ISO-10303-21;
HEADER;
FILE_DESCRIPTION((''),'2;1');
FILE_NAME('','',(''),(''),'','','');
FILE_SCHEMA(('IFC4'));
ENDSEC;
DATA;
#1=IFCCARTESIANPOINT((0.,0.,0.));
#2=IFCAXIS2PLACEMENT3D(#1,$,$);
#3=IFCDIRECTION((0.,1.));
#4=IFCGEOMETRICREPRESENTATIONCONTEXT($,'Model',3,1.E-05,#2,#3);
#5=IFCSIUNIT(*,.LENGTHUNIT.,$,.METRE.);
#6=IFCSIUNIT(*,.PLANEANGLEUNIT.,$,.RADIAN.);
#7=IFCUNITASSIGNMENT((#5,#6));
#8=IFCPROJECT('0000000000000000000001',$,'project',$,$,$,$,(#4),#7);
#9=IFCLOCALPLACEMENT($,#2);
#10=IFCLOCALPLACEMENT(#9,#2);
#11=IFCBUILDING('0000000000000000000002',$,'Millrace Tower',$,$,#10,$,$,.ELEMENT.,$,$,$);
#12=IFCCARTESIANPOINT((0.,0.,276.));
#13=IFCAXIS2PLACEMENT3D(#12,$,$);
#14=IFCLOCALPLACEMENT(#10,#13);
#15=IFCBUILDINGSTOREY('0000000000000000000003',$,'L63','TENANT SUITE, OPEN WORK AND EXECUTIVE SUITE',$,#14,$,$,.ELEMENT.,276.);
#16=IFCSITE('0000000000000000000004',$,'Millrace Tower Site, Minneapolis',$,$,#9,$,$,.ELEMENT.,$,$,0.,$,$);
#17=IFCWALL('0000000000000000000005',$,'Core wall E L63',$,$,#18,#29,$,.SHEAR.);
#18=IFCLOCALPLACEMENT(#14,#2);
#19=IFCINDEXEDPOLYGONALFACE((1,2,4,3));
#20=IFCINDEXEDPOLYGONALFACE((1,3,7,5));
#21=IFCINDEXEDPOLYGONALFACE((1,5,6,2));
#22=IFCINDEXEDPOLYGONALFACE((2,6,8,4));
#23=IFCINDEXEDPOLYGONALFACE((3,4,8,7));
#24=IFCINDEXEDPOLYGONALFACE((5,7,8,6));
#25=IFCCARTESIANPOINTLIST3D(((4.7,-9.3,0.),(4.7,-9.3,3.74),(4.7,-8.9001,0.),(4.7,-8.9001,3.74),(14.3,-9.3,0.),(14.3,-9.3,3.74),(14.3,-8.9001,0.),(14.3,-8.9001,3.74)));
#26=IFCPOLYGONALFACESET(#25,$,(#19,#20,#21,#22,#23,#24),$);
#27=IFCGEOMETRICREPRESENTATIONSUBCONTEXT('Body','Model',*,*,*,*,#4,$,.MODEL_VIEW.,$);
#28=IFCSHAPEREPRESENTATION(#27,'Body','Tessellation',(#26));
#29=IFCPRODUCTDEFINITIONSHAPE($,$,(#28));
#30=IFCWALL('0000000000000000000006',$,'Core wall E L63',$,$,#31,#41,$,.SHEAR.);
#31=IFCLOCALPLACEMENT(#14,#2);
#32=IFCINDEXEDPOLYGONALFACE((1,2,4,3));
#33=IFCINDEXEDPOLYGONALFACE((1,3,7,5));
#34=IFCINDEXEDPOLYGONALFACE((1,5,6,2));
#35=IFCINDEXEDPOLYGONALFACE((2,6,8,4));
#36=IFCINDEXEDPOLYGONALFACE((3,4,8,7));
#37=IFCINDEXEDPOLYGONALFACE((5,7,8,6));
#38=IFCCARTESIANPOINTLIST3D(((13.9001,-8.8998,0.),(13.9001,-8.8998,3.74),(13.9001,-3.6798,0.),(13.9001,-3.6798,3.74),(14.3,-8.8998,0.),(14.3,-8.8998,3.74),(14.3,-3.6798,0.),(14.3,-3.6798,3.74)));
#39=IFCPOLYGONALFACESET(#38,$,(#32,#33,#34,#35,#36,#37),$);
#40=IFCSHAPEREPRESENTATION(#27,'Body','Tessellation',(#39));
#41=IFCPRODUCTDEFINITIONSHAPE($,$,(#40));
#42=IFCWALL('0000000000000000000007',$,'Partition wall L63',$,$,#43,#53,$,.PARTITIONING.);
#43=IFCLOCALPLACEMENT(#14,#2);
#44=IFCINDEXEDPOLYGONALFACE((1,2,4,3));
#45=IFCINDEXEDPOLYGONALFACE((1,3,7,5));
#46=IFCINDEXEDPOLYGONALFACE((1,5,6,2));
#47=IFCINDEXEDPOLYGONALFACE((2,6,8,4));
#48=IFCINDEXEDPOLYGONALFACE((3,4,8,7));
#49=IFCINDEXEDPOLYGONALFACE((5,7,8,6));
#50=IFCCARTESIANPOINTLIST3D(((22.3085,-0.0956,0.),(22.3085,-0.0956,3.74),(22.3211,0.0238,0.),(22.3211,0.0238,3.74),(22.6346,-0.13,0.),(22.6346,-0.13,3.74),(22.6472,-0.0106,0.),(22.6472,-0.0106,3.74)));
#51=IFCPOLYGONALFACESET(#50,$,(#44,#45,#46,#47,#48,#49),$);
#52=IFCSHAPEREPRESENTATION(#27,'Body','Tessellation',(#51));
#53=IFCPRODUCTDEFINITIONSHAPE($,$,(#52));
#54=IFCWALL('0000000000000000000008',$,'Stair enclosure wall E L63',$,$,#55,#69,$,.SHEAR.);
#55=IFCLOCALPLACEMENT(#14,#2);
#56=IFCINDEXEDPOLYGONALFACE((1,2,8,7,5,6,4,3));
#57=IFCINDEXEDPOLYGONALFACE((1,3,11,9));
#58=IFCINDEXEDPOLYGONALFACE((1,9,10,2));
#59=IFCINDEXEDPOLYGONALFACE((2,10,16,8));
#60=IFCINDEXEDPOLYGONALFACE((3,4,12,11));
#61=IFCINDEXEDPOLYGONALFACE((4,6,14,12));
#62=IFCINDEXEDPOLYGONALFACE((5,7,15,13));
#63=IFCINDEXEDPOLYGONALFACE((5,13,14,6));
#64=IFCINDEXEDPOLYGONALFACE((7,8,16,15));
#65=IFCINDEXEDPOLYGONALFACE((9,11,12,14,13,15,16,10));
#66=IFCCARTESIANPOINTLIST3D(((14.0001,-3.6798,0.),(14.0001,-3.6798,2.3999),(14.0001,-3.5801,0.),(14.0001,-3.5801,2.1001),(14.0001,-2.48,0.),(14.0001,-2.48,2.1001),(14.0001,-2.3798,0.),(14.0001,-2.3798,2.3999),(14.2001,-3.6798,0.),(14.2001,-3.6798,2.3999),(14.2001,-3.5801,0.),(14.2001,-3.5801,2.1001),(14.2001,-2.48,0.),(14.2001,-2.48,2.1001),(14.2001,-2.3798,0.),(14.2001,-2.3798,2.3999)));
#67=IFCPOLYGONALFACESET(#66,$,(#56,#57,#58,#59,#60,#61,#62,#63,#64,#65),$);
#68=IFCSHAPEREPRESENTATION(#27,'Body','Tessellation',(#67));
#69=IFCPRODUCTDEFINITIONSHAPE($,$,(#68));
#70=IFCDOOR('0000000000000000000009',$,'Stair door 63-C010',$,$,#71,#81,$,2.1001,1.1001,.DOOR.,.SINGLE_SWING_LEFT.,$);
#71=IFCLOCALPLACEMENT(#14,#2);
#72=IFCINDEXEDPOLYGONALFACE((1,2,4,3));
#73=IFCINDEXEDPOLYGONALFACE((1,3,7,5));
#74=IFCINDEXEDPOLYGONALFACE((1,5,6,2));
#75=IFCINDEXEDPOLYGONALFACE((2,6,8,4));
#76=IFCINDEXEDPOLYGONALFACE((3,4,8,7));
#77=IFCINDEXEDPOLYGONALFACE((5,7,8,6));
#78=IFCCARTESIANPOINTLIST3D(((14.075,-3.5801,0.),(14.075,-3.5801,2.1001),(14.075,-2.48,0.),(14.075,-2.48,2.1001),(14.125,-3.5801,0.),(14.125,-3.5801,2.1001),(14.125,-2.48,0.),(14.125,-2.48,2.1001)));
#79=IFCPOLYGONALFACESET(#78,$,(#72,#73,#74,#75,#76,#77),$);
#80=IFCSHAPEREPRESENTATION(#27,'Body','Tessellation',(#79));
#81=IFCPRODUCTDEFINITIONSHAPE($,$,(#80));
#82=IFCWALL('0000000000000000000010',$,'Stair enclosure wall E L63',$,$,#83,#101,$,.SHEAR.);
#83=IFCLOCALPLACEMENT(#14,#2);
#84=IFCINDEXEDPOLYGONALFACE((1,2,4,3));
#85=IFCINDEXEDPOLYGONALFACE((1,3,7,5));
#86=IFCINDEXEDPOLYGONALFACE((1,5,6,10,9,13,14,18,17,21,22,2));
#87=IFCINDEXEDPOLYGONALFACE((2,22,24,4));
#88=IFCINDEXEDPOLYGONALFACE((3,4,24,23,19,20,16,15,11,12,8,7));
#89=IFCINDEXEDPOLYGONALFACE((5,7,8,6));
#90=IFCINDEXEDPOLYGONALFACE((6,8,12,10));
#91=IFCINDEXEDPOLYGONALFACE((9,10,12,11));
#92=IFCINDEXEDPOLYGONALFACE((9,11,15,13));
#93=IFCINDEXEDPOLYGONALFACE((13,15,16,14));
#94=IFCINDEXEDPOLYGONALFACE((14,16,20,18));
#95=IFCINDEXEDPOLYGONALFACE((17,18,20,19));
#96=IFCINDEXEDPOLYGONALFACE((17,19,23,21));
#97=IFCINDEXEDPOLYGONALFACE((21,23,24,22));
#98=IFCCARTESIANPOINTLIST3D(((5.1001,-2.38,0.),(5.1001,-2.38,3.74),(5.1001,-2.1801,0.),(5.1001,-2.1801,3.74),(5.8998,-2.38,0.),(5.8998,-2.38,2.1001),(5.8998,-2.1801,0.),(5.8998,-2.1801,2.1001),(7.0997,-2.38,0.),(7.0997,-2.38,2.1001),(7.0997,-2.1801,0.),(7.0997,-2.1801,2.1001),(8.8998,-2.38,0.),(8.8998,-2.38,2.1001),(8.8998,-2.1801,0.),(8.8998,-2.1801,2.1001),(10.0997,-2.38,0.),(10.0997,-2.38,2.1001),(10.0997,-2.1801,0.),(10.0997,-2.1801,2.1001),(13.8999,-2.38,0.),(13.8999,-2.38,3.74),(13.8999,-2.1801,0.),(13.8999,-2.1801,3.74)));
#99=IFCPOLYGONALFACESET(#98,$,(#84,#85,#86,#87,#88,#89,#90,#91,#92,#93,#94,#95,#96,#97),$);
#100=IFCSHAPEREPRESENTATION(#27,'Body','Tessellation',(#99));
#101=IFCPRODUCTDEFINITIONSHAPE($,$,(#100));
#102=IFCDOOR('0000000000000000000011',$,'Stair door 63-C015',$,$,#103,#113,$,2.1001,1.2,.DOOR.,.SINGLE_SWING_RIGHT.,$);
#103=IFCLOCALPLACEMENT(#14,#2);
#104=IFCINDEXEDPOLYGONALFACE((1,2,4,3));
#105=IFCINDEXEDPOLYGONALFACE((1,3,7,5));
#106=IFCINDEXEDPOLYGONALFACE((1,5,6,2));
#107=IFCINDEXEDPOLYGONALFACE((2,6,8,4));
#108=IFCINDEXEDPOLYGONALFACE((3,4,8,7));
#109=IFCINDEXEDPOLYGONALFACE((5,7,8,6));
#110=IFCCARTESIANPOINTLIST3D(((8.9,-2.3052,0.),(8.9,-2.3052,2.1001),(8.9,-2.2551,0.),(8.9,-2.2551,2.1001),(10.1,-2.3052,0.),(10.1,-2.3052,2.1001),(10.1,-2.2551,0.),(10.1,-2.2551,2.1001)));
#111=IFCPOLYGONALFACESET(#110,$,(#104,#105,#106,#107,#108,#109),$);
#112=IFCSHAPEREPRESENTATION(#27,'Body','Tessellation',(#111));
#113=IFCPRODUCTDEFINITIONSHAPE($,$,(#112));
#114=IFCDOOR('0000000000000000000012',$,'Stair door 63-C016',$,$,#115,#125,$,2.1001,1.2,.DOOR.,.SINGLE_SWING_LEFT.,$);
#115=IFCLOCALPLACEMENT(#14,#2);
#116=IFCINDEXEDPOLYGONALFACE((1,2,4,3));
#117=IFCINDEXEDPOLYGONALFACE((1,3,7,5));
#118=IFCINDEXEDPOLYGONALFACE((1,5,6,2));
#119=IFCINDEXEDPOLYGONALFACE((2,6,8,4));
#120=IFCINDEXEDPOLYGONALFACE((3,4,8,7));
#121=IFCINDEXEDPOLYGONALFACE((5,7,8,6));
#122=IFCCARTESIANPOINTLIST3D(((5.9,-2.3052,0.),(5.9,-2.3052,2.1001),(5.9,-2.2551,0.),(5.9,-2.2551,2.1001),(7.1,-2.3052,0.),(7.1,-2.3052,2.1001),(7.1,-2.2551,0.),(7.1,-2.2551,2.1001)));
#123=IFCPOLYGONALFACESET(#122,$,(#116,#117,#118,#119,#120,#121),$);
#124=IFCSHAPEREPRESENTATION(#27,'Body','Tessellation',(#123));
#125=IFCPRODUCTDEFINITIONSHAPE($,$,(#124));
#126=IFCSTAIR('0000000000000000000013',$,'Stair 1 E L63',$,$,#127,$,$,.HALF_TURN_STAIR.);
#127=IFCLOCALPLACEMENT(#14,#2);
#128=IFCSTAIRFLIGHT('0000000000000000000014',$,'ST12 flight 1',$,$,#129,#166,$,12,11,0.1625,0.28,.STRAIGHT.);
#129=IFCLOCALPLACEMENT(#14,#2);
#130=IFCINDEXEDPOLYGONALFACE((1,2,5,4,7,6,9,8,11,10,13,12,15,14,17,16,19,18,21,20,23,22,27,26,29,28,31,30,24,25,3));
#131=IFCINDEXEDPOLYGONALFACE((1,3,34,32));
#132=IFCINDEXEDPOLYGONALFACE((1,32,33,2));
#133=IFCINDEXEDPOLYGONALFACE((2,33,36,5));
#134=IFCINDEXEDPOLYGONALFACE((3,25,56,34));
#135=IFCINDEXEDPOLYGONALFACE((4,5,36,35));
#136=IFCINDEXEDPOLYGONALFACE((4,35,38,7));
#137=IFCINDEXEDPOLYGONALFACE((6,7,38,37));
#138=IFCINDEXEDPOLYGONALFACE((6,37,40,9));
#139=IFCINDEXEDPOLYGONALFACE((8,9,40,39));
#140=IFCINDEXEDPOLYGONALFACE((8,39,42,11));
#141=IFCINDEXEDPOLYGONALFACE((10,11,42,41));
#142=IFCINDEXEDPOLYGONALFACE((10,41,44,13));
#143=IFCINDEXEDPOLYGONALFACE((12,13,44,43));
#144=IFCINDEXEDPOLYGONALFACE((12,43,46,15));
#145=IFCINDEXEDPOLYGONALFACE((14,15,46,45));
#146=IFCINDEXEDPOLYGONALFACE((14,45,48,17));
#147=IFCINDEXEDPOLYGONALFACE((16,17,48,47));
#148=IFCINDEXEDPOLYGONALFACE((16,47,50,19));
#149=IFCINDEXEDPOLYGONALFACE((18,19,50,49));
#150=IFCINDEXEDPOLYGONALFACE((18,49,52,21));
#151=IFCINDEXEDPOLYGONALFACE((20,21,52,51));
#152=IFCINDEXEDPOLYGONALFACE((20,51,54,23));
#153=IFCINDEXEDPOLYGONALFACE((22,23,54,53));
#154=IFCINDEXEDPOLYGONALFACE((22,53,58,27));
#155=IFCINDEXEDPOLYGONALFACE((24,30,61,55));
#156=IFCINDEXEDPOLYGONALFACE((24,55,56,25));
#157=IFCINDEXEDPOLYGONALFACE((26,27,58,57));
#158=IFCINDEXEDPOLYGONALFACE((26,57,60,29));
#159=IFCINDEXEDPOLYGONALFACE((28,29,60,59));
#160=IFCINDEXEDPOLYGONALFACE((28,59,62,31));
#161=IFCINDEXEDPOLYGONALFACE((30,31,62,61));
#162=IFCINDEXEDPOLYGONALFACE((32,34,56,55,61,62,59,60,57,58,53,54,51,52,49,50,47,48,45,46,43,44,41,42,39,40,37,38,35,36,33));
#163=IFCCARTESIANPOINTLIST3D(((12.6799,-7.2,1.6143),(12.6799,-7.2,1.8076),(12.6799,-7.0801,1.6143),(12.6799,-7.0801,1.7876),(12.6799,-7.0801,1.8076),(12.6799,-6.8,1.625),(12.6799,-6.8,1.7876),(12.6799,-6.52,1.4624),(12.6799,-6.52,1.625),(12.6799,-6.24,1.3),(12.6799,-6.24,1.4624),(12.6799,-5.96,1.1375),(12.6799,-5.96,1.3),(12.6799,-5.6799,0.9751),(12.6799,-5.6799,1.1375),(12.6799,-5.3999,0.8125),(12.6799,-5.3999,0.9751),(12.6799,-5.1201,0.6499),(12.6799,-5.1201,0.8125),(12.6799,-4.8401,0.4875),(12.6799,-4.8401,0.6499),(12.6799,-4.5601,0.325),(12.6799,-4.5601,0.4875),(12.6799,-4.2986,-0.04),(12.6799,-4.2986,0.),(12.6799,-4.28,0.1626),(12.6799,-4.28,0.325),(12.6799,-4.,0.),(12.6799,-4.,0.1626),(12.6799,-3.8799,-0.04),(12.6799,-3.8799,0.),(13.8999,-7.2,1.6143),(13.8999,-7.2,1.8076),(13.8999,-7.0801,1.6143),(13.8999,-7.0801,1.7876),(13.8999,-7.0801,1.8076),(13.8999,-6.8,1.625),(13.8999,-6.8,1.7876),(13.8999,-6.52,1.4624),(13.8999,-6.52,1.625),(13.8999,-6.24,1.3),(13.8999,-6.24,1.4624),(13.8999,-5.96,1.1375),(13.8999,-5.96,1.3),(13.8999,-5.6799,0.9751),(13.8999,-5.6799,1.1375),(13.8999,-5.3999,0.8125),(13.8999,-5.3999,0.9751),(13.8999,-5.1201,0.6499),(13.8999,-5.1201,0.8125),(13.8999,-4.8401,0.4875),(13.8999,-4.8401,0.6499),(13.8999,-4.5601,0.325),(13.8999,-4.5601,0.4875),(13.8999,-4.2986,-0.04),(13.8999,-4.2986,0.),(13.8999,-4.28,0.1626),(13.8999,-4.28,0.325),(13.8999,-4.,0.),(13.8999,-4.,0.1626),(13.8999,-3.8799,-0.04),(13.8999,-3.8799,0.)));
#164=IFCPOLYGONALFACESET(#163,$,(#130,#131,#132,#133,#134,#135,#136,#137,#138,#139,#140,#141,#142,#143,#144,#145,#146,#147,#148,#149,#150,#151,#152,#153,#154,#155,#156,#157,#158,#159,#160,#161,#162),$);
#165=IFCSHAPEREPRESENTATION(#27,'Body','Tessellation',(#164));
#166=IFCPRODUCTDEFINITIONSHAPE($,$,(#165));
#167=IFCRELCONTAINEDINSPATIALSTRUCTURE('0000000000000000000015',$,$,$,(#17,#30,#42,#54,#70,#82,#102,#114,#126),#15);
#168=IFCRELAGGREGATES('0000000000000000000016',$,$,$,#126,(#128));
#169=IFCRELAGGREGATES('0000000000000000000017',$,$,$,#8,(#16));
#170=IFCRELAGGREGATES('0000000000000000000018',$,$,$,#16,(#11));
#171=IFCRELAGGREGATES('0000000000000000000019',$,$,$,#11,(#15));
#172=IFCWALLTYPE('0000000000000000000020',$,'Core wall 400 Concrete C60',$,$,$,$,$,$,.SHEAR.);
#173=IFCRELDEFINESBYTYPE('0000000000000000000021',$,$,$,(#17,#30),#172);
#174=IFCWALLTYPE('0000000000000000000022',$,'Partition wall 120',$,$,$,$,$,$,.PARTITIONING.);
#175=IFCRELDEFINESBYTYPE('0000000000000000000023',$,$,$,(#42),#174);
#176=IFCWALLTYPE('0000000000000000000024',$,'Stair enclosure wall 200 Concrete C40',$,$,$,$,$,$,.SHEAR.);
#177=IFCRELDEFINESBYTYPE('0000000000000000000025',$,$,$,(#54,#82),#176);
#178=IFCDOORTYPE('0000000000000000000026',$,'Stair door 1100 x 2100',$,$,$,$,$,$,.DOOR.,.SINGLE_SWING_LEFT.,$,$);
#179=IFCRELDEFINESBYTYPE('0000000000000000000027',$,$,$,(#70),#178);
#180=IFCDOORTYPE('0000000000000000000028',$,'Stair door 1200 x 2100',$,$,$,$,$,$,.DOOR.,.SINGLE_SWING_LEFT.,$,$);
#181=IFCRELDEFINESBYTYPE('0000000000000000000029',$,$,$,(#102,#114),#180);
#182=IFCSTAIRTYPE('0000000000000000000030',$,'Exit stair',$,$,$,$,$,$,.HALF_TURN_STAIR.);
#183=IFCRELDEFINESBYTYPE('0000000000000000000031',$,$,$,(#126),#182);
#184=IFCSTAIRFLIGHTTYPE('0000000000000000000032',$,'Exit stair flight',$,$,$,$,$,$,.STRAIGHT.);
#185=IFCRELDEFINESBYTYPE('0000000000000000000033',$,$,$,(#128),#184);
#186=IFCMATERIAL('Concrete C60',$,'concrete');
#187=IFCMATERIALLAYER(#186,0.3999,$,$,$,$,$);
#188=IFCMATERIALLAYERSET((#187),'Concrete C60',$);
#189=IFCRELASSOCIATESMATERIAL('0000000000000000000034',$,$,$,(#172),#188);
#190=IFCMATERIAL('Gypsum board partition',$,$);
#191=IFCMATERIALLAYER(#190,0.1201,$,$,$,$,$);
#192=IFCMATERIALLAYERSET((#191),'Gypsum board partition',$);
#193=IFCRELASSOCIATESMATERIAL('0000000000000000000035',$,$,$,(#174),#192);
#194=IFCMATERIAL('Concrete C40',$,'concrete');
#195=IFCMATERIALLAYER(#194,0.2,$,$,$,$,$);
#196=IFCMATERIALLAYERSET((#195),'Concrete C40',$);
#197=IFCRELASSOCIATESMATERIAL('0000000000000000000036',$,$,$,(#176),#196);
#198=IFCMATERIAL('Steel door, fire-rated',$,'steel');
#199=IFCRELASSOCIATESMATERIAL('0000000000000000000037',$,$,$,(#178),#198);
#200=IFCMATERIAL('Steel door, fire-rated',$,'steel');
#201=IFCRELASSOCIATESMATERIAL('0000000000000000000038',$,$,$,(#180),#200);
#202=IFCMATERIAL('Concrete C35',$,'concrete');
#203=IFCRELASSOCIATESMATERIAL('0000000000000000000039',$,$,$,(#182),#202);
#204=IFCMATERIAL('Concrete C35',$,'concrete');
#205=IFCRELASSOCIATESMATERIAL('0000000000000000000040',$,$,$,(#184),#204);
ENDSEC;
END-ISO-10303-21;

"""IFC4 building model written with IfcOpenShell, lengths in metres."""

from ifc_helpers import new_model, si_unit, direction, frame, frame_2d, origin, place, context, subcontext, project, spatial, polyline, rectangle, outline, extrude, material, layer, layer_set, type_object, element, fill, aggregate, save


model = new_model("IFC4")

# Units and contexts
model_context = context("Model", 3, precision=1e-05, world=origin(), true_north=direction((0.0, 1.0)))
body_context = subcontext(model_context, "Body", "Model", "MODEL_VIEW")
ifc_project = project(units=[si_unit("LENGTHUNIT", "METRE"), si_unit("PLANEANGLEUNIT", "RADIAN")], contexts=[model_context])

# Site, building, storey
site_placement = place(None, origin())
site = spatial("IfcSite", under=ifc_project, at=site_placement, Name="Millrace Tower Site, Minneapolis", CompositionType="ELEMENT", RefElevation=0.0)
building_placement = place(site_placement, origin())
building = spatial("IfcBuilding", under=site, at=building_placement, Name="Millrace Tower", CompositionType="ELEMENT")
storey_placement = place(building_placement, frame((0.0, 0.0, 276.0)))
storey = spatial("IfcBuildingStorey", under=building, at=storey_placement, Name="L63", Description="TENANT SUITE, OPEN WORK AND EXECUTIVE SUITE", CompositionType="ELEMENT", Elevation=276.0)

# Shared definitions
placement = place(storey_placement, origin())

# Walls
ifc_material_1 = material(Name="Concrete C60", Category="concrete")
ifc_layer_1 = layer(ifc_material_1, 0.3999)
ifc_layer_set_1 = layer_set([ifc_layer_1], Name="Concrete C60")
wall_type_1 = type_object("IfcWallType", Name="Core wall 400 Concrete C60", PredefinedType="SHEAR", material=ifc_layer_set_1)
wall_1_placement = place(storey_placement, frame((14.3, -9.1001, 0.0), z_axis=(0.0, 0.0, 1.0), x_axis=(-1.0, 0.0, 0.0)))
element("IfcWall", 1, at=wall_1_placement, inside=storey, type_object=wall_type_1, Name="Core wall E L63", PredefinedType="SHEAR", context=body_context, shape_type="SweptSolid", body=[
    extrude(rectangle(XDim=9.6001, YDim=0.3999, at=frame_2d((4.8, 0.0))), origin(), (0.0, 0.0, 1.0), 3.74),
])
wall_2_placement = place(storey_placement, frame((14.1001, -3.6799, 0.0), z_axis=(0.0, 0.0, 1.0), x_axis=(0.0, -1.0, 0.0)))
element("IfcWall", 2, at=wall_2_placement, inside=storey, type_object=wall_type_1, Name="Core wall E L63", PredefinedType="SHEAR", context=body_context, shape_type="SweptSolid", body=[
    extrude(rectangle(XDim=5.22, YDim=0.3999, at=frame_2d((2.6099, 0.0))), origin(), (0.0, 0.0, 1.0), 3.74),
])
ifc_material_2 = material(Name="Gypsum board partition")
ifc_layer_2 = layer(ifc_material_2, 0.1201)
ifc_layer_set_2 = layer_set([ifc_layer_2], Name="Gypsum board partition")
wall_type_2 = type_object("IfcWallType", Name="Partition wall 120", PredefinedType="PARTITIONING", material=ifc_layer_set_2)
wall_3_placement = place(storey_placement, frame((22.3147, -0.0359, 0.0), z_axis=(0.0, 0.0, 1.0), x_axis=(0.994477, -0.104956, 0.0)))
element("IfcWall", 3, at=wall_3_placement, inside=storey, type_object=wall_type_2, Name="Partition wall L63", PredefinedType="PARTITIONING", context=body_context, shape_type="SweptSolid", body=[
    extrude(rectangle(XDim=0.3279, YDim=0.1201, at=frame_2d((0.1641, 0.0))), origin(), (0.0, 0.0, 1.0), 3.74),
])

# Wall, opening, door
ifc_material_3 = material(Name="Concrete C40", Category="concrete")
ifc_layer_3 = layer(ifc_material_3, 0.2)
ifc_layer_set_3 = layer_set([ifc_layer_3], Name="Concrete C40")
wall_type_3 = type_object("IfcWallType", Name="Stair enclosure wall 200 Concrete C40", PredefinedType="SHEAR", material=ifc_layer_set_3)
wall_4_placement = place(storey_placement, frame((14.1001, -2.3799, 0.0), z_axis=(0.0, 0.0, 1.0), x_axis=(0.0, -1.0, 0.0)))
wall_4 = element("IfcWall", 4, at=wall_4_placement, inside=storey, type_object=wall_type_3, Name="Stair enclosure wall E L63", PredefinedType="SHEAR", context=body_context, shape_type="SweptSolid", body=[
    extrude(rectangle(XDim=1.3, YDim=0.2, at=frame_2d((0.6499, 0.0))), origin(), (0.0, 0.0, 1.0), 2.3999),
])
opening_1_placement = place(wall_4_placement, frame((0.1001, 0.0, 0.0)))
opening_1 = element("IfcOpeningElement", 5, at=opening_1_placement, cuts=wall_4, PredefinedType="OPENING", context=body_context, shape_type="SweptSolid", body=[
    extrude(rectangle(XDim=1.1001, YDim=2.1001, at=frame_2d((0.55, 1.05))), frame((0.0, 0.1099, 0.0), z_axis=(0.0, -1.0, 0.0), x_axis=(1.0, 0.0, 0.0)), (0.0, 0.0, 1.0), 0.22),
])
ifc_material_4 = material(Name="Steel door, fire-rated", Category="steel")
door_type_1 = type_object("IfcDoorType", Name="Stair door 1100 x 2100", OperationType="SINGLE_SWING_LEFT", PredefinedType="DOOR", material=ifc_material_4)
door_1_placement = place(opening_1_placement, origin())
door_1 = element("IfcDoor", 6, at=door_1_placement, inside=storey, type_object=door_type_1, Name="Stair door 63-C010", OperationType="SINGLE_SWING_LEFT", OverallHeight=2.1001, OverallWidth=1.1001, PredefinedType="DOOR", context=body_context, shape_type="SweptSolid", body=[
    extrude(rectangle(XDim=1.1001, YDim=2.1001, at=frame_2d((0.55, 1.05))), frame((0.0, 0.0249, 0.0), z_axis=(0.0, -1.0, 0.0), x_axis=(1.0, 0.0, 0.0)), (0.0, 0.0, 1.0), 0.05),
])
fill(opening_1, door_1)

# Wall, openings, doors
wall_5_placement = place(storey_placement, frame((13.8999, -2.28, 0.0), z_axis=(0.0, 0.0, 1.0), x_axis=(-1.0, 0.0, 0.0)))
wall_5 = element("IfcWall", 7, at=wall_5_placement, inside=storey, type_object=wall_type_3, Name="Stair enclosure wall E L63", PredefinedType="SHEAR", context=body_context, shape_type="SweptSolid", body=[
    extrude(rectangle(XDim=8.7998, YDim=0.2, at=frame_2d((4.3999, 0.0))), origin(), (0.0, 0.0, 1.0), 3.74),
])
opening_2_placement = place(wall_5_placement, frame((3.8, 0.0, 0.0)))
opening_2 = element("IfcOpeningElement", 8, at=opening_2_placement, cuts=wall_5, PredefinedType="OPENING", context=body_context, shape_type="SweptSolid", body=[
    extrude(rectangle(XDim=1.2, YDim=2.1001, at=frame_2d((0.6001, 1.05))), frame((0.0, 0.1099, 0.0), z_axis=(0.0, -1.0, 0.0), x_axis=(1.0, 0.0, 0.0)), (0.0, 0.0, 1.0), 0.22),
])
opening_3_placement = place(wall_5_placement, frame((6.8, 0.0, 0.0)))
opening_3 = element("IfcOpeningElement", 9, at=opening_3_placement, cuts=wall_5, PredefinedType="OPENING", context=body_context, shape_type="SweptSolid", body=[
    extrude(rectangle(XDim=1.2, YDim=2.1001, at=frame_2d((0.6001, 1.05))), frame((0.0, 0.1099, 0.0), z_axis=(0.0, -1.0, 0.0), x_axis=(1.0, 0.0, 0.0)), (0.0, 0.0, 1.0), 0.22),
])
ifc_material_5 = material(Name="Steel door, fire-rated", Category="steel")
door_type_2 = type_object("IfcDoorType", Name="Stair door 1200 x 2100", OperationType="SINGLE_SWING_LEFT", PredefinedType="DOOR", material=ifc_material_5)
door_2_placement = place(opening_2_placement, frame((1.2, 0.0, 0.0), z_axis=(0.0, 0.0, 1.0), x_axis=(-1.0, 0.0, 0.0)))
door_2 = element("IfcDoor", 10, at=door_2_placement, inside=storey, type_object=door_type_2, Name="Stair door 63-C015", OperationType="SINGLE_SWING_RIGHT", OverallHeight=2.1001, OverallWidth=1.2, PredefinedType="DOOR", context=body_context, shape_type="SweptSolid", body=[
    extrude(rectangle(XDim=1.2, YDim=2.1001, at=frame_2d((0.6001, 1.05))), frame((0.0, 0.0249, 0.0), z_axis=(0.0, -1.0, 0.0), x_axis=(1.0, 0.0, 0.0)), (0.0, 0.0, 1.0), 0.05),
])
fill(opening_2, door_2)
door_3_placement = place(opening_3_placement, frame((1.2, 0.0, 0.0), z_axis=(0.0, 0.0, 1.0), x_axis=(-1.0, 0.0, 0.0)))
door_3 = element("IfcDoor", 11, at=door_3_placement, inside=storey, type_object=door_type_2, Name="Stair door 63-C016", OperationType="SINGLE_SWING_LEFT", OverallHeight=2.1001, OverallWidth=1.2, PredefinedType="DOOR", context=body_context, shape_type="SweptSolid", body=[
    extrude(rectangle(XDim=1.2, YDim=2.1001, at=frame_2d((0.6001, 1.05))), frame((0.0, 0.0249, 0.0), z_axis=(0.0, -1.0, 0.0), x_axis=(1.0, 0.0, 0.0)), (0.0, 0.0, 1.0), 0.05),
])
fill(opening_3, door_3)

# Stair, stair flight
ifc_material_6 = material(Name="Concrete C35", Category="concrete")
stair_type = type_object("IfcStairType", Name="Exit stair", PredefinedType="HALF_TURN_STAIR", material=ifc_material_6)
stair = element("IfcStair", 12, at=placement, inside=storey, type_object=stair_type, Name="Stair 1 E L63", PredefinedType="HALF_TURN_STAIR")
ifc_material_7 = material(Name="Concrete C35", Category="concrete")
stair_flight_type = type_object("IfcStairFlightType", Name="Exit stair flight", PredefinedType="STRAIGHT", material=ifc_material_7)
stair_flight_placement = place(storey_placement, frame((13.29, -4.0, 0.0), z_axis=(0.0, 0.0, 1.0), x_axis=(0.0, -1.0, 0.0)))
stair_flight = element("IfcStairFlight", 13, at=stair_flight_placement, type_object=stair_flight_type, Name="ST12 flight 1", NumberOfRisers=12, NumberOfTreads=11, PredefinedType="STRAIGHT", RiserHeight=0.1625, TreadLength=0.28, context=body_context, shape_type="SweptSolid", body=[
    extrude(outline(polyline([(-0.1201, -0.04), (-0.1201, 0.0), (0.0, 0.0), (0.0, 0.1626), (0.28, 0.1626), (0.28, 0.325), (0.5601, 0.325), (0.5601, 0.4875), (0.8401, 0.4875), (0.8401, 0.6499), (1.1201, 0.6499), (1.1201, 0.8125), (1.3999, 0.8125), (1.3999, 0.9751), (1.6799, 0.9751), (1.6799, 1.1375), (1.96, 1.1375), (1.96, 1.3), (2.24, 1.3), (2.24, 1.4624), (2.52, 1.4624), (2.52, 1.625), (2.8, 1.625), (2.8, 1.7876), (3.0801, 1.7876), (3.0801, 1.8076), (3.2, 1.8076), (3.2, 1.6143), (3.0801, 1.6143), (0.2986, 0.0), (0.2986, -0.04), (-0.1201, -0.04)])), frame((0.0, 0.6099, 0.0), z_axis=(0.0, -1.0, 0.0), x_axis=(1.0, 0.0, 0.0)), (0.0, 0.0, 1.0), 1.22),
])
aggregate(stair, [stair_flight])

save(model, "model.ifc")
